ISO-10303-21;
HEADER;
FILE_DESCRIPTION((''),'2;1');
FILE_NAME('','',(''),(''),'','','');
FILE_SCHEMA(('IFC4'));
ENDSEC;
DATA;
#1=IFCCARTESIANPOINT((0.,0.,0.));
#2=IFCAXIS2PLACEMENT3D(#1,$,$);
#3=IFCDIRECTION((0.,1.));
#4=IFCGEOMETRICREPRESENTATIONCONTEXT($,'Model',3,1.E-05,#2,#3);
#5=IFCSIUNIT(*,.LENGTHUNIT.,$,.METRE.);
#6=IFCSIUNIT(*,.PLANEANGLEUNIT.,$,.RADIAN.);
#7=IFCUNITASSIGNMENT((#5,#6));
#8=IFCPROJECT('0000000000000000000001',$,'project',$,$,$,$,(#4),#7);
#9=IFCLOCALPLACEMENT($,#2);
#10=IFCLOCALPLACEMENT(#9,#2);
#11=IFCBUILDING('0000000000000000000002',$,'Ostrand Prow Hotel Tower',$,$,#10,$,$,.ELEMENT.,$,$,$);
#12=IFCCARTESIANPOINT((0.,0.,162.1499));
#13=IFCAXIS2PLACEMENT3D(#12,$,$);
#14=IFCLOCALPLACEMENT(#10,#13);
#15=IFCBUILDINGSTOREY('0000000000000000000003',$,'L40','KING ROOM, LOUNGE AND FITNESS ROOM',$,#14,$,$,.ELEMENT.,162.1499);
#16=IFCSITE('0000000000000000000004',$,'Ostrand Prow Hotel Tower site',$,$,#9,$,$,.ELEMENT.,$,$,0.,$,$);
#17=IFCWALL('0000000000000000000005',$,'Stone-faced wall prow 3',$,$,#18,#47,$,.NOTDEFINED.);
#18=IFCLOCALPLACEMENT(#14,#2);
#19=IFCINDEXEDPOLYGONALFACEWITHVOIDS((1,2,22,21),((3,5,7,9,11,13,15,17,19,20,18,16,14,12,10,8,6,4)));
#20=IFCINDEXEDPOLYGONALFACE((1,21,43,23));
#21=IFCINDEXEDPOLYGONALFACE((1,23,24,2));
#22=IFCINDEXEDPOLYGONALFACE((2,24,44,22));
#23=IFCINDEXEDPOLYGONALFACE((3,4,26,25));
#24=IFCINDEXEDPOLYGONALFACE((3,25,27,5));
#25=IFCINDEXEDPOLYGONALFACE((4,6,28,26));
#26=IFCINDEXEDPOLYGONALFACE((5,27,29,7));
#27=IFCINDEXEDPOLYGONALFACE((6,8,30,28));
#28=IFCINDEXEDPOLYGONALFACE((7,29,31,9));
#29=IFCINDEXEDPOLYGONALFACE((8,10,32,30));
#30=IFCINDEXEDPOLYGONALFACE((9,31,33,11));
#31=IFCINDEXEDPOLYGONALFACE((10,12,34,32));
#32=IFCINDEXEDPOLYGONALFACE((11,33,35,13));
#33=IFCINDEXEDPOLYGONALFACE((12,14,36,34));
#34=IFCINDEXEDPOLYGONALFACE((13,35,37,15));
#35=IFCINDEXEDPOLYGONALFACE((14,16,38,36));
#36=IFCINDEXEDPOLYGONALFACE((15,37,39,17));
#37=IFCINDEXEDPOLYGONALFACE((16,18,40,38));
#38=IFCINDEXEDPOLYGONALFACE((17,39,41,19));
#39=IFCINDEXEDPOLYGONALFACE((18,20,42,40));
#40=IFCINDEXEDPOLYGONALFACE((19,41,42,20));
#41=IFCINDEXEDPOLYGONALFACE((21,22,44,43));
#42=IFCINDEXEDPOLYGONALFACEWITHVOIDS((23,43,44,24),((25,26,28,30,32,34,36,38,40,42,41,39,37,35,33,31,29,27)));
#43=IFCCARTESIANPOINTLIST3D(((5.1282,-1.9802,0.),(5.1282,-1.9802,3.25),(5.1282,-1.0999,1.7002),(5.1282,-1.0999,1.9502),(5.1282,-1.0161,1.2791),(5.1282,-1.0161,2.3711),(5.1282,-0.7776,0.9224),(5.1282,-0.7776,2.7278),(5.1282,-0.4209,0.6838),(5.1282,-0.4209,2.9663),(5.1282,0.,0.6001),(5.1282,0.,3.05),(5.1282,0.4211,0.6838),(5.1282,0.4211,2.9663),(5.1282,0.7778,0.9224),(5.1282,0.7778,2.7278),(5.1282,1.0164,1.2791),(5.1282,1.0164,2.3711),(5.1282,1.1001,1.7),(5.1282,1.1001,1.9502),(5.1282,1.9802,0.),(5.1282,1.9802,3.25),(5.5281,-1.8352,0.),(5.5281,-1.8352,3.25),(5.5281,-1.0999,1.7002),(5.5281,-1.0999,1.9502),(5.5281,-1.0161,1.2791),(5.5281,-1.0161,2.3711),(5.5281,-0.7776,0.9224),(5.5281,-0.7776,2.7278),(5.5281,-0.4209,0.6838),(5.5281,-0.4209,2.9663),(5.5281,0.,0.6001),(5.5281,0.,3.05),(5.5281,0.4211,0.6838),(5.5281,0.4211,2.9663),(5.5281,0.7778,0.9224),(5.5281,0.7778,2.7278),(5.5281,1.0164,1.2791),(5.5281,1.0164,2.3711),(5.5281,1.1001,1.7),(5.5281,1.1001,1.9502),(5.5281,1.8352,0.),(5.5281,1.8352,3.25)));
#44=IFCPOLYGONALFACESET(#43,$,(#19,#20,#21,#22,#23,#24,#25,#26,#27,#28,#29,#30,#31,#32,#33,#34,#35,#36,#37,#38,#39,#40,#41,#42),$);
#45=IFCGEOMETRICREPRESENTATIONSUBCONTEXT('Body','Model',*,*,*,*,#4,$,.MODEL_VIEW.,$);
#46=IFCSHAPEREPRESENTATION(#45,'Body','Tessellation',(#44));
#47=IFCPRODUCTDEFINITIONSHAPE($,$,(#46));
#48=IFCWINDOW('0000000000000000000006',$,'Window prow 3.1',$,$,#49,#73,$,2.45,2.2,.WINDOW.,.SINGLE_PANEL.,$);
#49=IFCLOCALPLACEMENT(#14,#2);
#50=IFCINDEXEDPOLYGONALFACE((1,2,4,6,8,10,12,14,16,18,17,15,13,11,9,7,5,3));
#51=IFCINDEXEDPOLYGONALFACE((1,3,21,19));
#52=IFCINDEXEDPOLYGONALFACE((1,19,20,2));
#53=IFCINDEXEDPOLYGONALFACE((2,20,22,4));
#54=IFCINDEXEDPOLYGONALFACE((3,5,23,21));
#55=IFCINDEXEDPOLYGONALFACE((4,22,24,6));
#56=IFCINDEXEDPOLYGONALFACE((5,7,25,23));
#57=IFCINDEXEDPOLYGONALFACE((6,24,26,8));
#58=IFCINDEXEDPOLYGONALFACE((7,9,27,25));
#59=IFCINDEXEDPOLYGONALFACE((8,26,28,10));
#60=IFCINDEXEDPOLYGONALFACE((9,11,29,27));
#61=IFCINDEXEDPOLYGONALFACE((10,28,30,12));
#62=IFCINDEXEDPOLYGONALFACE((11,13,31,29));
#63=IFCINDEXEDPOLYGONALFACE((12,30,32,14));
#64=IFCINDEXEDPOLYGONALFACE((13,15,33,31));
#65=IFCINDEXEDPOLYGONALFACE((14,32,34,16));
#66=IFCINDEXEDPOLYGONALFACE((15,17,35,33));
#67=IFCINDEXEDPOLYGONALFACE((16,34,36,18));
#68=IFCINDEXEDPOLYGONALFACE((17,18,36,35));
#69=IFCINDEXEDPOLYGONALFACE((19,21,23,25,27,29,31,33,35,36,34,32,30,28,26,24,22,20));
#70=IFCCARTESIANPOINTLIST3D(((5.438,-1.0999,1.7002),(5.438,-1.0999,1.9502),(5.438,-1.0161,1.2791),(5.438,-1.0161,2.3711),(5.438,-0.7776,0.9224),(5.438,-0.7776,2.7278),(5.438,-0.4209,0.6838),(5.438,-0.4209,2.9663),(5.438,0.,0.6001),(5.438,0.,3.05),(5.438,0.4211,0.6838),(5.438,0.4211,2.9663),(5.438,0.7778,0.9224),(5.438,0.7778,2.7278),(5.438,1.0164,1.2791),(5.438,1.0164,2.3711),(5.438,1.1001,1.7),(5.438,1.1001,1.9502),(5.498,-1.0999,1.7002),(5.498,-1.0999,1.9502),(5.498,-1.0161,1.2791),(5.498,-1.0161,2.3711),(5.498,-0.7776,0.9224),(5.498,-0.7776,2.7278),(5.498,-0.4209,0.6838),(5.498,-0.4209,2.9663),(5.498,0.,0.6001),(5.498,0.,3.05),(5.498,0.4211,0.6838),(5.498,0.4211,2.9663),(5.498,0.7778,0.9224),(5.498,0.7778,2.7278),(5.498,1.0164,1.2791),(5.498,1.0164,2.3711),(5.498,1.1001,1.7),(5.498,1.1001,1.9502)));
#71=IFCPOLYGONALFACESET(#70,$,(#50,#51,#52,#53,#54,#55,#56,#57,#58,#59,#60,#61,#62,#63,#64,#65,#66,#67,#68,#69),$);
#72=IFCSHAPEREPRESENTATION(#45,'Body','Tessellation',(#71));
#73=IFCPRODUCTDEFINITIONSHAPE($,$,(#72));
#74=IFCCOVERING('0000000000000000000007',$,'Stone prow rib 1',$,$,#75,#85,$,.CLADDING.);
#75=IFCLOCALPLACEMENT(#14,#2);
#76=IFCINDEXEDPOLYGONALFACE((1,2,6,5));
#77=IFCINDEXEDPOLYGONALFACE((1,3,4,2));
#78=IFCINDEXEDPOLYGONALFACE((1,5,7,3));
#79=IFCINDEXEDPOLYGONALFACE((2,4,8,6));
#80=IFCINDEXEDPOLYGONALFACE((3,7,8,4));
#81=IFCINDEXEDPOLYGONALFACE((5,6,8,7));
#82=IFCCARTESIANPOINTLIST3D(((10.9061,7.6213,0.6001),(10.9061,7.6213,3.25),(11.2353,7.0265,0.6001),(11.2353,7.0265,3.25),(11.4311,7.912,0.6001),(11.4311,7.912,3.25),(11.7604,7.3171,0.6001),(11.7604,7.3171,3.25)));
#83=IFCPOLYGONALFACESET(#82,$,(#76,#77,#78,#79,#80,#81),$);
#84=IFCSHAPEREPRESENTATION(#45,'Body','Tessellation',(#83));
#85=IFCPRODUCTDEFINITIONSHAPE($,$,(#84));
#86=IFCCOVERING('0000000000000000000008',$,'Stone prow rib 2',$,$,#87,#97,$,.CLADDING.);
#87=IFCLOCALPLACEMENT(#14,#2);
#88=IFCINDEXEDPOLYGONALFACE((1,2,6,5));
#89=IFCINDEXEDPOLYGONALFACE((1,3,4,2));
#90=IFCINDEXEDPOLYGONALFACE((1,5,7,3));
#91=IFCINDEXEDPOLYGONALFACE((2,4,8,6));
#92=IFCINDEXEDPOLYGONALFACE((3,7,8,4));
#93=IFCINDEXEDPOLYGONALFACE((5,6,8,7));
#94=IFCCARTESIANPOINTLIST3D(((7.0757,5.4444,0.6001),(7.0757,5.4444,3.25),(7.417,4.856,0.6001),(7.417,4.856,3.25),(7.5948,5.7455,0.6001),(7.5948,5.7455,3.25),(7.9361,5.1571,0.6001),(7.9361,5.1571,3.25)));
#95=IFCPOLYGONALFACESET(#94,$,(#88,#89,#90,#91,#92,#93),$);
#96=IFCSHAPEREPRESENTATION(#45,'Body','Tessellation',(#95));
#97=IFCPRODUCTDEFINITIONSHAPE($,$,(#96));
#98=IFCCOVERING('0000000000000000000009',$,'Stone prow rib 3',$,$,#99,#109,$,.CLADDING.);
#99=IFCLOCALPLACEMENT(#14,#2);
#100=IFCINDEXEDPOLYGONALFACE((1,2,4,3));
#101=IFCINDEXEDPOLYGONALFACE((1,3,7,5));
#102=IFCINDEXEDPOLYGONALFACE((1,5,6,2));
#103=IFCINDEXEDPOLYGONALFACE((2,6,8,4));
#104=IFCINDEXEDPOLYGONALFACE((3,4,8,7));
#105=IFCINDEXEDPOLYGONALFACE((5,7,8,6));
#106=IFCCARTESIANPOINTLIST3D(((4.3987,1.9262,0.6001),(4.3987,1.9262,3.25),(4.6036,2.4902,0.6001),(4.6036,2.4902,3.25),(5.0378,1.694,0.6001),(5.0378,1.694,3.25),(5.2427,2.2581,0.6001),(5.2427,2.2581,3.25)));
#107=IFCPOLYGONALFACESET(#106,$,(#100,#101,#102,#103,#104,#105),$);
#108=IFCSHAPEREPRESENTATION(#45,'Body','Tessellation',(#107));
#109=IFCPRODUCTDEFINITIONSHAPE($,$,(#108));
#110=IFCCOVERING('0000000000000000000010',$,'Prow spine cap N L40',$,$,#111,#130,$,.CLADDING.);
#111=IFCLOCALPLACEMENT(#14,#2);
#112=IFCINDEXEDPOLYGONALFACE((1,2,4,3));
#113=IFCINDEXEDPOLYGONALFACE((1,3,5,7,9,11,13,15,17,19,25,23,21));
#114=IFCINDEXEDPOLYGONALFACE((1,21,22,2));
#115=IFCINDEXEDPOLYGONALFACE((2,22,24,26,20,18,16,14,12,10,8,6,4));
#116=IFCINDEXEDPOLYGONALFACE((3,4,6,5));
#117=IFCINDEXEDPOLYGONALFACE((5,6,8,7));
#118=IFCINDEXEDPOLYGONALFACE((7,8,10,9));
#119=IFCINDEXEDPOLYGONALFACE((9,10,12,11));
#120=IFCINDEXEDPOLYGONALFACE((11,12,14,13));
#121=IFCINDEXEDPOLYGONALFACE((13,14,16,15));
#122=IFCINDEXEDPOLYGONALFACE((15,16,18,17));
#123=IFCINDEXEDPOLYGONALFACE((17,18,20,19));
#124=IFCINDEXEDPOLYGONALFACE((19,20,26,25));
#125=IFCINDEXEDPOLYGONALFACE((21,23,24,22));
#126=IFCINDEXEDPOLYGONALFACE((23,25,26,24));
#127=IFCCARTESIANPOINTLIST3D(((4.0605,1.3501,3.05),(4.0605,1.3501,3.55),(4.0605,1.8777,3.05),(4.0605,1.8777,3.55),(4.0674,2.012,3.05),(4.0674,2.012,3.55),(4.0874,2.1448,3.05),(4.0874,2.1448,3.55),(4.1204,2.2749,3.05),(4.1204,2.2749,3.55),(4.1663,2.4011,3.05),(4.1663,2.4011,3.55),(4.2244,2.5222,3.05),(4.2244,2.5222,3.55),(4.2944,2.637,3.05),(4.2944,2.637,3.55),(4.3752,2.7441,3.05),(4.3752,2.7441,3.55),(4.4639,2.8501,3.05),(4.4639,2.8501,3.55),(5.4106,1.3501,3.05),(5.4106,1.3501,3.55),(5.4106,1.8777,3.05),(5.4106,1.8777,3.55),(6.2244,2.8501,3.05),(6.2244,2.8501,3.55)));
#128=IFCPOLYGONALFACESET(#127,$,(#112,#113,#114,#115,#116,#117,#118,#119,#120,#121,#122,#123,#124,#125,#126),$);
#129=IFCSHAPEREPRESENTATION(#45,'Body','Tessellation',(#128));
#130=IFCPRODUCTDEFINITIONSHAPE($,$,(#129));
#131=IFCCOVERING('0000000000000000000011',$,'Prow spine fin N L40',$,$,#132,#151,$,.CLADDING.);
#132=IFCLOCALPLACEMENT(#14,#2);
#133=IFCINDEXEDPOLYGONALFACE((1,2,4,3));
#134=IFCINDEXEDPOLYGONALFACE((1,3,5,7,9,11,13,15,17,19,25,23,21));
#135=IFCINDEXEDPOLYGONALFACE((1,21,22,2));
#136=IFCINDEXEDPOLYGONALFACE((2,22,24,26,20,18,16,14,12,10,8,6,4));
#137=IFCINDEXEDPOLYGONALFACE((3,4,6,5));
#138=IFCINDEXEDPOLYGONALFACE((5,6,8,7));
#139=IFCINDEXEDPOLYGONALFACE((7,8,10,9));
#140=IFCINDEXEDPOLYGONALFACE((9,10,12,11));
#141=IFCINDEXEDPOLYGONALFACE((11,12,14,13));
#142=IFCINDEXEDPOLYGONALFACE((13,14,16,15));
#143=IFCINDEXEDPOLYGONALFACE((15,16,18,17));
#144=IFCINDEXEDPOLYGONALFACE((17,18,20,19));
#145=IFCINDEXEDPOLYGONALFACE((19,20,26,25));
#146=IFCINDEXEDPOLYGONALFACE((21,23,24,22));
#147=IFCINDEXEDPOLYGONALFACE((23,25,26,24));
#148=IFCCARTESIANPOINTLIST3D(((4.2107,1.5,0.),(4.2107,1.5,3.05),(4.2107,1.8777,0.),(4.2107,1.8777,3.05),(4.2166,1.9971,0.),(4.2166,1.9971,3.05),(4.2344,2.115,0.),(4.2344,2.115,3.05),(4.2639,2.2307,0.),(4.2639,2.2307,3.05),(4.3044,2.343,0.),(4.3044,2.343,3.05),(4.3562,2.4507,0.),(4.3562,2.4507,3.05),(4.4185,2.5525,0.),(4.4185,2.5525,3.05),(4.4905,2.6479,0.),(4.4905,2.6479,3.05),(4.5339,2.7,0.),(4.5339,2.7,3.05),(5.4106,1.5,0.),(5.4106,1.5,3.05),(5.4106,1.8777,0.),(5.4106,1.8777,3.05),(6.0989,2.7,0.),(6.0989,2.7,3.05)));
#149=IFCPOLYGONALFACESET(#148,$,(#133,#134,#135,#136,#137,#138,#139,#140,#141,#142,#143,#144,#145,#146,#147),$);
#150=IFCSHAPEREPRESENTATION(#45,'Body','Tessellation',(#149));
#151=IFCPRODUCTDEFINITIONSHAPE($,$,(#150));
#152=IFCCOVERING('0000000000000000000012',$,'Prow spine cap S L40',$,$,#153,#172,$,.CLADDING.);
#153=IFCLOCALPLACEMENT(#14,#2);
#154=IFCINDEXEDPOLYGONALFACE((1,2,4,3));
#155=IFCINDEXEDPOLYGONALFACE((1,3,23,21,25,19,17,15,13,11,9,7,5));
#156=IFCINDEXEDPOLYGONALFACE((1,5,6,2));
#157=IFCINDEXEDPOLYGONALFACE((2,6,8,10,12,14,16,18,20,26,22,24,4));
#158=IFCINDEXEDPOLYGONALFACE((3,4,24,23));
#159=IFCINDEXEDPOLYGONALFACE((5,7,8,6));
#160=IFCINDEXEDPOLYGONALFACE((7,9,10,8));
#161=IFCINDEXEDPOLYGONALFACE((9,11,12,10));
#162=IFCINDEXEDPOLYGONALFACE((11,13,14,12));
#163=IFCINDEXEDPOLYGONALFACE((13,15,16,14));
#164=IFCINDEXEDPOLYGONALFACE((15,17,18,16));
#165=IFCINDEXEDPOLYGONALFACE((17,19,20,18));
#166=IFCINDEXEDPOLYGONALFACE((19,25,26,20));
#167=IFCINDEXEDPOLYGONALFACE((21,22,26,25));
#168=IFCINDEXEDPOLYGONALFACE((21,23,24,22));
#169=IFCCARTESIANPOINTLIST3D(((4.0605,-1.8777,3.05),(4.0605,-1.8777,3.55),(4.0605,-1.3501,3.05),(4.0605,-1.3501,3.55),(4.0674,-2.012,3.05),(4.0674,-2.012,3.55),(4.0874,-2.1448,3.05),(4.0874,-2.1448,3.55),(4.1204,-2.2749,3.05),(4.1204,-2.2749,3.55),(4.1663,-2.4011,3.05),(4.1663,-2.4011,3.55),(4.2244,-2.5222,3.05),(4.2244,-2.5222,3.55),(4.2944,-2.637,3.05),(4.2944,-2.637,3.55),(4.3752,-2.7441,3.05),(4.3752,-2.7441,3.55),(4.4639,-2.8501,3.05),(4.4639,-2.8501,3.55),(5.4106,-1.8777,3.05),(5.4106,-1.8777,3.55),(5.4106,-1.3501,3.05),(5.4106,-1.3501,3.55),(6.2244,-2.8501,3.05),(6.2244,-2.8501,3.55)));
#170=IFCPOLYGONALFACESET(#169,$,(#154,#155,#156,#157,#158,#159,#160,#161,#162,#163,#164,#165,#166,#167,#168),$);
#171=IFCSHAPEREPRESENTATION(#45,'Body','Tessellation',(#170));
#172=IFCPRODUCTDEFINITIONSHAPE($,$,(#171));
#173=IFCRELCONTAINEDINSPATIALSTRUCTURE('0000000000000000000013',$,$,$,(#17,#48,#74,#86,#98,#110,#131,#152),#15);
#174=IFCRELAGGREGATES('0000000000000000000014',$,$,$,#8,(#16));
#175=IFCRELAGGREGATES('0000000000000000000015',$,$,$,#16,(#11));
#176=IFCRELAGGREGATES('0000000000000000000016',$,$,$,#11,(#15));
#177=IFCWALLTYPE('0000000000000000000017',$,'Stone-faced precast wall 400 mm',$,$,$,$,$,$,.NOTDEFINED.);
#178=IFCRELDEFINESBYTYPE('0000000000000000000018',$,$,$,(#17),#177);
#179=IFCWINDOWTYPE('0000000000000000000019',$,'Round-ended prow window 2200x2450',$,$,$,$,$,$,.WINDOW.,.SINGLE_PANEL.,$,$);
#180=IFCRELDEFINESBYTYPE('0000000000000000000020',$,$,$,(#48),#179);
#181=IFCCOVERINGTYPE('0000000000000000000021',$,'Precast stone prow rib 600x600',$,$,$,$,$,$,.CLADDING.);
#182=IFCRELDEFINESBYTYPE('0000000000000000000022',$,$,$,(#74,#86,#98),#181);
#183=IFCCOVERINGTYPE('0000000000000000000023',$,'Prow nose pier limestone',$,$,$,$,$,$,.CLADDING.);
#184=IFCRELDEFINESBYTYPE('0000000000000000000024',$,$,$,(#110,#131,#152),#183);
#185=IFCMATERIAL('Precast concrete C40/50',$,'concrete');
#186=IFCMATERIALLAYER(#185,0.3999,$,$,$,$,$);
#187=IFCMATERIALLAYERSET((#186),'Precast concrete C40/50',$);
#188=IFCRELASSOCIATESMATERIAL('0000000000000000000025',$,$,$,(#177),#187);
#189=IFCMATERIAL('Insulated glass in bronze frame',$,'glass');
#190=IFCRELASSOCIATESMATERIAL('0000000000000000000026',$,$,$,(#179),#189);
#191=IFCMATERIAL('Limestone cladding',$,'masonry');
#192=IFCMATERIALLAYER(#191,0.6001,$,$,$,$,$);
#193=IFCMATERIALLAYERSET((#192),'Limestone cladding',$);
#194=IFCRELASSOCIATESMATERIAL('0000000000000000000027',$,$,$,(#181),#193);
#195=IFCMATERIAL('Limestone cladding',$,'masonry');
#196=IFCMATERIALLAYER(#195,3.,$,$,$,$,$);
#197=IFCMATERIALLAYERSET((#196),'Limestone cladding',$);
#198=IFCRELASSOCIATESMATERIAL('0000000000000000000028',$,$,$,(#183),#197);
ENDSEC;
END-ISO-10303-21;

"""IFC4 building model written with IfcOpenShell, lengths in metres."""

from ifc_helpers import new_model, si_unit, direction, frame, frame_2d, origin, place, context, subcontext, project, spatial, polyline, rectangle, outline, extrude, material, layer, layer_set, type_object, element, fill, save


model = new_model("IFC4")

# Units and contexts
model_context = context("Model", 3, precision=1e-05, world=origin(), true_north=direction((0.0, 1.0)))
body_context = subcontext(model_context, "Body", "Model", "MODEL_VIEW")
ifc_project = project(units=[si_unit("LENGTHUNIT", "METRE"), si_unit("PLANEANGLEUNIT", "RADIAN")], contexts=[model_context])

# Site, building, storey
site_placement = place(None, origin())
site = spatial("IfcSite", under=ifc_project, at=site_placement, Name="Ostrand Prow Hotel Tower site", CompositionType="ELEMENT", RefElevation=0.0)
building_placement = place(site_placement, origin())
building = spatial("IfcBuilding", under=site, at=building_placement, Name="Ostrand Prow Hotel Tower", CompositionType="ELEMENT")
storey_placement = place(building_placement, frame((0.0, 0.0, 162.1499)))
storey = spatial("IfcBuildingStorey", under=building, at=storey_placement, Name="L40", Description="KING ROOM, LOUNGE AND FITNESS ROOM", CompositionType="ELEMENT", Elevation=162.1499)

# Wall, opening, window
ifc_material_1 = material(Name="Precast concrete C40/50", Category="concrete")
ifc_layer_1 = layer(ifc_material_1, 0.3999)
ifc_layer_set_1 = layer_set([ifc_layer_1], Name="Precast concrete C40/50")
wall_type_1 = type_object("IfcWallType", Name="Stone-faced precast wall 400 mm", PredefinedType="NOTDEFINED", material=ifc_layer_set_1)
ifc_material_2 = material(Name="Insulated glass in bronze frame", Category="glass")
window_type = type_object("IfcWindowType", Name="Round-ended prow window 2200x2450", PartitioningType="SINGLE_PANEL", PredefinedType="WINDOW", material=ifc_material_2)
wall_1_placement = place(storey_placement, frame((5.3281, 1.9077, 0.0), z_axis=(0.0, 0.0, 1.0), x_axis=(0.0, -1.0, 0.0)))
wall_1 = element("IfcWall", 1, at=wall_1_placement, inside=storey, type_object=wall_type_1, Name="Stone-faced wall prow 3", PredefinedType="NOTDEFINED", context=body_context, shape_type="SweptSolid", body=[
    extrude(outline(polyline([(-0.0725, -0.2), (3.8879, -0.2), (3.7429, 0.2), (0.0725, 0.2), (-0.0725, -0.2)])), origin(), (0.0, 0.0, 1.0), 3.25),
])
opening_1_placement = place(wall_1_placement, frame((0.8076, 0.0, 0.6001)))
opening_1 = element("IfcOpeningElement", 2, at=opening_1_placement, cuts=wall_1, PredefinedType="OPENING", context=body_context, shape_type="SweptSolid", body=[
    extrude(outline(polyline([(0.0, 1.3501), (0.0837, 1.771), (0.3223, 2.1277), (0.679, 2.3662), (1.1001, 2.45), (1.521, 2.3662), (1.8777, 2.1277), (2.1162, 1.771), (2.2, 1.3501), (2.2, 1.1001), (2.1162, 0.679), (1.8777, 0.3223), (1.521, 0.0837), (1.1001, 0.0), (0.679, 0.0837), (0.3223, 0.3223), (0.0837, 0.679), (0.0, 1.0999), (0.0, 1.3501)])), frame((0.0, 0.21, 0.0), z_axis=(0.0, -1.0, 0.0), x_axis=(1.0, 0.0, 0.0)), (0.0, 0.0, 1.0), 0.4199),
])
window_1_placement = place(opening_1_placement, origin())
window_1 = element("IfcWindow", 3, at=window_1_placement, inside=storey, type_object=window_type, Name="Window prow 3.1", OverallHeight=2.45, OverallWidth=2.2, PartitioningType="SINGLE_PANEL", PredefinedType="WINDOW", context=body_context, shape_type="SweptSolid", body=[
    extrude(outline(polyline([(0.0, 1.3501), (0.0837, 1.771), (0.3223, 2.1277), (0.679, 2.3662), (1.1001, 2.45), (1.521, 2.3662), (1.8777, 2.1277), (2.1162, 1.771), (2.2, 1.3501), (2.2, 1.1001), (2.1162, 0.679), (1.8777, 0.3223), (1.521, 0.0837), (1.1001, 0.0), (0.679, 0.0837), (0.3223, 0.3223), (0.0837, 0.679), (0.0, 1.0999), (0.0, 1.3501)])), frame((0.0, 0.1699, 0.0), z_axis=(0.0, -1.0, 0.0), x_axis=(1.0, 0.0, 0.0)), (0.0, 0.0, 1.0), 0.0601),
])
fill(opening_1, window_1)

# Coverings
ifc_material_3 = material(Name="Limestone cladding", Category="masonry")
ifc_layer_2 = layer(ifc_material_3, 0.6001)
ifc_layer_set_2 = layer_set([ifc_layer_2], Name="Limestone cladding")
covering_type_1 = type_object("IfcCoveringType", Name="Precast stone prow rib 600x600", PredefinedType="CLADDING", material=ifc_layer_set_2)
covering_1_placement = place(storey_placement, frame((11.4978, 7.1719, 0.6001), z_axis=(0.0, 0.0, 1.0), x_axis=(-0.484301, 0.874901, 0.0)))
element("IfcCovering", 4, at=covering_1_placement, inside=storey, type_object=covering_type_1, Name="Stone prow rib 1", PredefinedType="CLADDING", context=body_context, shape_type="SweptSolid", body=[
    extrude(rectangle(XDim=0.6799, YDim=0.6001, at=frame_2d((0.3398, 0.0))), origin(), (0.0, 0.0, 1.0), 2.6499),
])
covering_2_placement = place(storey_placement, frame((7.6765, 5.0066, 0.6001), z_axis=(0.0, 0.0, 1.0), x_axis=(-0.501772, 0.865, 0.0)))
element("IfcCovering", 5, at=covering_2_placement, inside=storey, type_object=covering_type_1, Name="Stone prow rib 2", PredefinedType="CLADDING", context=body_context, shape_type="SweptSolid", body=[
    extrude(rectangle(XDim=0.6802, YDim=0.6001, at=frame_2d((0.3401, 0.0))), origin(), (0.0, 0.0, 1.0), 2.6499),
])
covering_3_placement = place(storey_placement, frame((5.1401, 1.9761, 0.6001), z_axis=(0.0, 0.0, 1.0), x_axis=(-0.939909, 0.341426, 0.0)))
element("IfcCovering", 6, at=covering_3_placement, inside=storey, type_object=covering_type_1, Name="Stone prow rib 3", PredefinedType="CLADDING", context=body_context, shape_type="SweptSolid", body=[
    extrude(rectangle(XDim=0.6799, YDim=0.6001, at=frame_2d((0.3398, 0.0))), origin(), (0.0, 0.0, 1.0), 2.6499),
])
ifc_material_4 = material(Name="Limestone cladding", Category="masonry")
ifc_layer_3 = layer(ifc_material_4, 3.0)
ifc_layer_set_3 = layer_set([ifc_layer_3], Name="Limestone cladding")
covering_type_2 = type_object("IfcCoveringType", Name="Prow nose pier limestone", PredefinedType="CLADDING", material=ifc_layer_set_3)
covering_4_placement = place(storey_placement, frame((0.0, 0.0, 3.05)))
element("IfcCovering", 7, at=covering_4_placement, inside=storey, type_object=covering_type_2, Name="Prow spine cap N L40", PredefinedType="CLADDING", context=body_context, shape_type="SweptSolid", body=[
    extrude(outline(polyline([(4.0605, 1.8777), (4.0605, 1.3501), (5.4106, 1.3501), (5.4106, 1.8777), (6.2244, 2.8501), (4.4639, 2.8501), (4.3752, 2.7441), (4.2944, 2.637), (4.2244, 2.5222), (4.1663, 2.4011), (4.1204, 2.2749), (4.0874, 2.1448), (4.0674, 2.012), (4.0605, 1.8777)])), origin(), (0.0, 0.0, 1.0), 0.5),
])
covering_5_placement = place(storey_placement, origin())
element("IfcCovering", 8, at=covering_5_placement, inside=storey, type_object=covering_type_2, Name="Prow spine fin N L40", PredefinedType="CLADDING", context=body_context, shape_type="SweptSolid", body=[
    extrude(outline(polyline([(4.2107, 1.8777), (4.2107, 1.5), (5.4106, 1.5), (5.4106, 1.8777), (6.0989, 2.7), (4.5339, 2.7), (4.4905, 2.6479), (4.4185, 2.5525), (4.3562, 2.4507), (4.3044, 2.343), (4.2639, 2.2307), (4.2344, 2.115), (4.2166, 1.9971), (4.2107, 1.8777)])), origin(), (0.0, 0.0, 1.0), 3.05),
])
covering_6_placement = place(storey_placement, frame((0.0, 0.0, 3.05)))
element("IfcCovering", 9, at=covering_6_placement, inside=storey, type_object=covering_type_2, Name="Prow spine cap S L40", PredefinedType="CLADDING", context=body_context, shape_type="SweptSolid", body=[
    extrude(outline(polyline([(4.3752, -2.7441), (4.4639, -2.8501), (6.2244, -2.8501), (5.4106, -1.8777), (5.4106, -1.3501), (4.0605, -1.3501), (4.0605, -1.8777), (4.0674, -2.012), (4.0874, -2.1448), (4.1204, -2.2749), (4.1663, -2.4011), (4.2244, -2.5222), (4.2944, -2.637), (4.3752, -2.7441)])), origin(), (0.0, 0.0, 1.0), 0.5),
])

save(model, "model.ifc")
